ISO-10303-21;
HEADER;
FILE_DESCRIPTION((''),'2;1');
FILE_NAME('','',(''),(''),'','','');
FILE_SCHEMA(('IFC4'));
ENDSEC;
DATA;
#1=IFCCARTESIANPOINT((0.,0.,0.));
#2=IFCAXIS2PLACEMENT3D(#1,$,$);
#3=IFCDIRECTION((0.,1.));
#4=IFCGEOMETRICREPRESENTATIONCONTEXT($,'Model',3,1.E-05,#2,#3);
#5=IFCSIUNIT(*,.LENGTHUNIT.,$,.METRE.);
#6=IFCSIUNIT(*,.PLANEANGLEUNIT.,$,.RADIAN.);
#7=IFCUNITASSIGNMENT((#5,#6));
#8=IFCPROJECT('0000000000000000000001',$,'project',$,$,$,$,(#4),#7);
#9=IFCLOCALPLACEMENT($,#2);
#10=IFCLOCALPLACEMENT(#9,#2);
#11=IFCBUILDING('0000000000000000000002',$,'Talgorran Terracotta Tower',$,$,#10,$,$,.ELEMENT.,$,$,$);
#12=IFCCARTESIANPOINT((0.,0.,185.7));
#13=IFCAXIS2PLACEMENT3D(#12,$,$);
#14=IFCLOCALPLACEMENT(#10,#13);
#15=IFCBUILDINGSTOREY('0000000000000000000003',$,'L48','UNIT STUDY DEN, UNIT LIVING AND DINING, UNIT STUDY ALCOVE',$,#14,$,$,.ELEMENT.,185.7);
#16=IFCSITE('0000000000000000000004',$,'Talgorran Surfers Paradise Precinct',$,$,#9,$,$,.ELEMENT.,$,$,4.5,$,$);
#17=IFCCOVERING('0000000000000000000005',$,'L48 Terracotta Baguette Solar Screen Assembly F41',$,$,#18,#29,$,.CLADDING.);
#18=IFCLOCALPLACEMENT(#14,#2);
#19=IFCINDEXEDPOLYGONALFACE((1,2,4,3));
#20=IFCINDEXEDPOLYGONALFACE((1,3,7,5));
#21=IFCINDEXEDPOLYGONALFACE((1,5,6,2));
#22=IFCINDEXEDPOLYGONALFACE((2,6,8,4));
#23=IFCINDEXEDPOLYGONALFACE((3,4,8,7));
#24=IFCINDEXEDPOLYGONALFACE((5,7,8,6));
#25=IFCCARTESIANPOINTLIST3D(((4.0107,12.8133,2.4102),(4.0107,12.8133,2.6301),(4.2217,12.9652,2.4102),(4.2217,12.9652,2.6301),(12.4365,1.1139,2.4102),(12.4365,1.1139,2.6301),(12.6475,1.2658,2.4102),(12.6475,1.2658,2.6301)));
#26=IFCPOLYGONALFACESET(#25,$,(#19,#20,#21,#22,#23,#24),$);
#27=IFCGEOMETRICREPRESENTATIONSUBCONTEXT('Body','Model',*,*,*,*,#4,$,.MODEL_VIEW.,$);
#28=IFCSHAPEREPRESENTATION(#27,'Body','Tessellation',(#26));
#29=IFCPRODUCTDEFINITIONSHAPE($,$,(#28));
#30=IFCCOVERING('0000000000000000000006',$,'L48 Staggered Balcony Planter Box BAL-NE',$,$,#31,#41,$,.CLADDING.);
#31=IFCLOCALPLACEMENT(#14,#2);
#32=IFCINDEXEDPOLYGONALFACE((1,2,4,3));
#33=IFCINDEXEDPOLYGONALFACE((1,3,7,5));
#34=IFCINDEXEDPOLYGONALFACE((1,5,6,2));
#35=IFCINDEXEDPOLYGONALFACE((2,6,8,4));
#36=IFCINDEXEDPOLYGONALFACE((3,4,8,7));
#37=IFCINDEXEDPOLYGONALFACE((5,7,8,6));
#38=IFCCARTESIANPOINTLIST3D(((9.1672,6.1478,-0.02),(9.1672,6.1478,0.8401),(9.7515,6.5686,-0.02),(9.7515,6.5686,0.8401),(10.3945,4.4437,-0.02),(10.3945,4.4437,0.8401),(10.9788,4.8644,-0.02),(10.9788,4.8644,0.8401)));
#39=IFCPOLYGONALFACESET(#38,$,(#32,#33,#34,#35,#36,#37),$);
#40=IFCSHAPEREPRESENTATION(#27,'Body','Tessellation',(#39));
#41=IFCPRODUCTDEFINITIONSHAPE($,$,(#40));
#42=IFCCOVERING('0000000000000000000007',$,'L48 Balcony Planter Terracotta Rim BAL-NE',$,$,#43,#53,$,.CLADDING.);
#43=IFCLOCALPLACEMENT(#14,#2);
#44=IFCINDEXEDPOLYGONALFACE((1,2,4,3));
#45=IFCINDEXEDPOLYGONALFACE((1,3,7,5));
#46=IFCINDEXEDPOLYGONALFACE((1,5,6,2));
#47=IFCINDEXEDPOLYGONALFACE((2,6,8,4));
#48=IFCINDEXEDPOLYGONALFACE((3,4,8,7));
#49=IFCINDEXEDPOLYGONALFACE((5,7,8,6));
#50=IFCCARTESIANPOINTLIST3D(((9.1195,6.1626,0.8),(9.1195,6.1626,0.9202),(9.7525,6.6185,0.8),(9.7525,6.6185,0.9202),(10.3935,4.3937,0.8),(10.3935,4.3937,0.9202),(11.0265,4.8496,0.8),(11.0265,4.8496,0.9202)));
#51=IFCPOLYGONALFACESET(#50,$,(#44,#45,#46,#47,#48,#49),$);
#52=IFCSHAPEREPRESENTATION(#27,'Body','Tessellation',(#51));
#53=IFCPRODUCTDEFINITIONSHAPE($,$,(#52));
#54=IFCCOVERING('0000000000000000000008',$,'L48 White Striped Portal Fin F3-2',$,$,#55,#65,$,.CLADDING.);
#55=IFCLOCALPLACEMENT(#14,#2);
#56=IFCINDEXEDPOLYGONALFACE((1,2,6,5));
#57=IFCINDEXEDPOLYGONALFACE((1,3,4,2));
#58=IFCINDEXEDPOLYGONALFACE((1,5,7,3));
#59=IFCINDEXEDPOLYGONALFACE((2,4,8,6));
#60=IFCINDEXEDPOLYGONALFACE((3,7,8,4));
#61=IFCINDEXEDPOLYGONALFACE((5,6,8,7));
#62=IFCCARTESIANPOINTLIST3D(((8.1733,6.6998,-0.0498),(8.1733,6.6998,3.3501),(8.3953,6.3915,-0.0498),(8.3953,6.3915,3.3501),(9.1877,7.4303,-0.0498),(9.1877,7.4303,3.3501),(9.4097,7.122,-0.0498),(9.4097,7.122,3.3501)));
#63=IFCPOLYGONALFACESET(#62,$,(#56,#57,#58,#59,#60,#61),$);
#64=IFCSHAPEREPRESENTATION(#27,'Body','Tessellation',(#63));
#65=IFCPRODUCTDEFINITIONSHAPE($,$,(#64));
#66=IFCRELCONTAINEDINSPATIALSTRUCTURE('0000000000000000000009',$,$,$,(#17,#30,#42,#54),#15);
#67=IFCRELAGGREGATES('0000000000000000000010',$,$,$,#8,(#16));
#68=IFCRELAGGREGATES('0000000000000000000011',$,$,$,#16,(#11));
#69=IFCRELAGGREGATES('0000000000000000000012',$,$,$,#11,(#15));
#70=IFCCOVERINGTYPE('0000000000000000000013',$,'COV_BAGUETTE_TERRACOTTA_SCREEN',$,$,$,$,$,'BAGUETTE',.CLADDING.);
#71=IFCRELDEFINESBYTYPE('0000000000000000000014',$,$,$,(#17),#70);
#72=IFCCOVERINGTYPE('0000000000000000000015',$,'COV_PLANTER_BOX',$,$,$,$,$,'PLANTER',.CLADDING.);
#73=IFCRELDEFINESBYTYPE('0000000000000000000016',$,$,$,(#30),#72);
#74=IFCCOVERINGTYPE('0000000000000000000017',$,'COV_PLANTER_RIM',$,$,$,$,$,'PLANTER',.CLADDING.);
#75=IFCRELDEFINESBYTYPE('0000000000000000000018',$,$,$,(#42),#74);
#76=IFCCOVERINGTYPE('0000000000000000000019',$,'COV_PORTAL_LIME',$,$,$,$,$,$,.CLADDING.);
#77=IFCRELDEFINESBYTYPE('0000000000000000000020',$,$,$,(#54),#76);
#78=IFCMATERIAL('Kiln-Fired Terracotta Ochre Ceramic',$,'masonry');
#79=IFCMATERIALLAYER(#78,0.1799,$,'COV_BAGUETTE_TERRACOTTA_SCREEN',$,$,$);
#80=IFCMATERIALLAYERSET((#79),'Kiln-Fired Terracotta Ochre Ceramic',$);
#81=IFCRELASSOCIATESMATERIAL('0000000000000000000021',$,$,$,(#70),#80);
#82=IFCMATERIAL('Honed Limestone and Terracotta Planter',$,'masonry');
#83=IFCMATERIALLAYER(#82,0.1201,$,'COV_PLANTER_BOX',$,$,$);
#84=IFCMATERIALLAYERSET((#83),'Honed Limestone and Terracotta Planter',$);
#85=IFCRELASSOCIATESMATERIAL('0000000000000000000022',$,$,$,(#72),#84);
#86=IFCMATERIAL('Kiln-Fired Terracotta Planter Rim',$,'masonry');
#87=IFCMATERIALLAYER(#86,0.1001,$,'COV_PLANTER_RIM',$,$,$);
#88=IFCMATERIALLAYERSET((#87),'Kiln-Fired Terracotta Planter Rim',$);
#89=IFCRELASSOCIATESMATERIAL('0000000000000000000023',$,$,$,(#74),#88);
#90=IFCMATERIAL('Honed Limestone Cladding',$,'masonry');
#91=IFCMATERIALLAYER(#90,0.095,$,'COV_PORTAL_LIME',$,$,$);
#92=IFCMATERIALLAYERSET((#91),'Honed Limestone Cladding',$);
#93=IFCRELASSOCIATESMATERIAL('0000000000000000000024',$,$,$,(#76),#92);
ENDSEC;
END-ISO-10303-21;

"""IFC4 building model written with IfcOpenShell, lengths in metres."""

from ifc_helpers import new_model, si_unit, direction, frame, origin, origin_2d, place, context, subcontext, project, spatial, rectangle, extrude, material, layer, layer_set, type_object, element, save


model = new_model("IFC4")

# Units and contexts
model_context = context("Model", 3, precision=1e-05, world=origin(), true_north=direction((0.0, 1.0)))
body_context = subcontext(model_context, "Body", "Model", "MODEL_VIEW")
ifc_project = project(units=[si_unit("LENGTHUNIT", "METRE"), si_unit("PLANEANGLEUNIT", "RADIAN")], contexts=[model_context])

# Site, building, storey
site_placement = place(None, origin())
site = spatial("IfcSite", under=ifc_project, at=site_placement, Name="Talgorran Surfers Paradise Precinct", CompositionType="ELEMENT", RefElevation=4.5)
building_placement = place(site_placement, origin())
building = spatial("IfcBuilding", under=site, at=building_placement, Name="Talgorran Terracotta Tower", CompositionType="ELEMENT")
storey_placement = place(building_placement, frame((0.0, 0.0, 185.7)))
storey = spatial("IfcBuildingStorey", under=building, at=storey_placement, Name="L48", Description="UNIT STUDY DEN, UNIT LIVING AND DINING, UNIT STUDY ALCOVE", CompositionType="ELEMENT", Elevation=185.7)

# Coverings
ifc_material_1 = material(Name="Kiln-Fired Terracotta Ochre Ceramic", Category="masonry")
ifc_layer_1 = layer(ifc_material_1, 0.1799, Name="COV_BAGUETTE_TERRACOTTA_SCREEN")
ifc_layer_set_1 = layer_set([ifc_layer_1], Name="Kiln-Fired Terracotta Ochre Ceramic")
covering_type_1 = type_object("IfcCoveringType", Name="COV_BAGUETTE_TERRACOTTA_SCREEN", ElementType="BAGUETTE", PredefinedType="CLADDING", material=ifc_layer_set_1)
covering_1_placement = place(storey_placement, frame((8.3291, 7.0396, 2.4102), z_axis=(0.0, 0.0, 1.0), x_axis=(-0.584405, 0.811462, 0.0)))
element("IfcCovering", 1, at=covering_1_placement, inside=storey, type_object=covering_type_1, Name="L48 Terracotta Baguette Solar Screen Assembly F41", PredefinedType="CLADDING", context=body_context, shape_type="SweptSolid", body=[
    extrude(rectangle(XDim=14.4177, YDim=0.26, at=origin_2d()), origin(), (0.0, 0.0, 1.0), 0.22),
])
ifc_material_2 = material(Name="Honed Limestone and Terracotta Planter", Category="masonry")
ifc_layer_2 = layer(ifc_material_2, 0.1201, Name="COV_PLANTER_BOX")
ifc_layer_set_2 = layer_set([ifc_layer_2], Name="Honed Limestone and Terracotta Planter")
covering_type_2 = type_object("IfcCoveringType", Name="COV_PLANTER_BOX", ElementType="PLANTER", PredefinedType="CLADDING", material=ifc_layer_set_2)
covering_2_placement = place(storey_placement, frame((10.073, 5.5061, -0.02), z_axis=(0.0, 0.0, 1.0), x_axis=(-0.584405, 0.811462, 0.0)))
element("IfcCovering", 2, at=covering_2_placement, inside=storey, type_object=covering_type_2, Name="L48 Staggered Balcony Planter Box BAL-NE", PredefinedType="CLADDING", context=body_context, shape_type="SweptSolid", body=[
    extrude(rectangle(XDim=2.1001, YDim=0.72, at=origin_2d()), origin(), (0.0, 0.0, 1.0), 0.8601),
])
ifc_material_3 = material(Name="Kiln-Fired Terracotta Planter Rim", Category="masonry")
ifc_layer_3 = layer(ifc_material_3, 0.1001, Name="COV_PLANTER_RIM")
ifc_layer_set_3 = layer_set([ifc_layer_3], Name="Kiln-Fired Terracotta Planter Rim")
covering_type_3 = type_object("IfcCoveringType", Name="COV_PLANTER_RIM", ElementType="PLANTER", PredefinedType="CLADDING", material=ifc_layer_set_3)
covering_3_placement = place(storey_placement, frame((10.073, 5.5061, 0.8), z_axis=(0.0, 0.0, 1.0), x_axis=(-0.584405, 0.811462, 0.0)))
element("IfcCovering", 3, at=covering_3_placement, inside=storey, type_object=covering_type_3, Name="L48 Balcony Planter Terracotta Rim BAL-NE", PredefinedType="CLADDING", context=body_context, shape_type="SweptSolid", body=[
    extrude(rectangle(XDim=2.1799, YDim=0.78, at=origin_2d()), origin(), (0.0, 0.0, 1.0), 0.1201),
])
ifc_material_4 = material(Name="Honed Limestone Cladding", Category="masonry")
ifc_layer_4 = layer(ifc_material_4, 0.095, Name="COV_PORTAL_LIME")
ifc_layer_set_4 = layer_set([ifc_layer_4], Name="Honed Limestone Cladding")
covering_type_4 = type_object("IfcCoveringType", Name="COV_PORTAL_LIME", PredefinedType="CLADDING", material=ifc_layer_set_4)
covering_4_placement = place(storey_placement, frame((8.7915, 6.9109, -0.0498), z_axis=(0.0, 0.0, 1.0), x_axis=(-0.584405, 0.811462, 0.0)))
element("IfcCovering", 4, at=covering_4_placement, inside=storey, type_object=covering_type_4, Name="L48 White Striped Portal Fin F3-2", PredefinedType="CLADDING", context=body_context, shape_type="SweptSolid", body=[
    extrude(rectangle(XDim=0.3799, YDim=1.25, at=origin_2d()), origin(), (0.0, 0.0, 1.0), 3.3999),
])

save(model, "model.ifc")
